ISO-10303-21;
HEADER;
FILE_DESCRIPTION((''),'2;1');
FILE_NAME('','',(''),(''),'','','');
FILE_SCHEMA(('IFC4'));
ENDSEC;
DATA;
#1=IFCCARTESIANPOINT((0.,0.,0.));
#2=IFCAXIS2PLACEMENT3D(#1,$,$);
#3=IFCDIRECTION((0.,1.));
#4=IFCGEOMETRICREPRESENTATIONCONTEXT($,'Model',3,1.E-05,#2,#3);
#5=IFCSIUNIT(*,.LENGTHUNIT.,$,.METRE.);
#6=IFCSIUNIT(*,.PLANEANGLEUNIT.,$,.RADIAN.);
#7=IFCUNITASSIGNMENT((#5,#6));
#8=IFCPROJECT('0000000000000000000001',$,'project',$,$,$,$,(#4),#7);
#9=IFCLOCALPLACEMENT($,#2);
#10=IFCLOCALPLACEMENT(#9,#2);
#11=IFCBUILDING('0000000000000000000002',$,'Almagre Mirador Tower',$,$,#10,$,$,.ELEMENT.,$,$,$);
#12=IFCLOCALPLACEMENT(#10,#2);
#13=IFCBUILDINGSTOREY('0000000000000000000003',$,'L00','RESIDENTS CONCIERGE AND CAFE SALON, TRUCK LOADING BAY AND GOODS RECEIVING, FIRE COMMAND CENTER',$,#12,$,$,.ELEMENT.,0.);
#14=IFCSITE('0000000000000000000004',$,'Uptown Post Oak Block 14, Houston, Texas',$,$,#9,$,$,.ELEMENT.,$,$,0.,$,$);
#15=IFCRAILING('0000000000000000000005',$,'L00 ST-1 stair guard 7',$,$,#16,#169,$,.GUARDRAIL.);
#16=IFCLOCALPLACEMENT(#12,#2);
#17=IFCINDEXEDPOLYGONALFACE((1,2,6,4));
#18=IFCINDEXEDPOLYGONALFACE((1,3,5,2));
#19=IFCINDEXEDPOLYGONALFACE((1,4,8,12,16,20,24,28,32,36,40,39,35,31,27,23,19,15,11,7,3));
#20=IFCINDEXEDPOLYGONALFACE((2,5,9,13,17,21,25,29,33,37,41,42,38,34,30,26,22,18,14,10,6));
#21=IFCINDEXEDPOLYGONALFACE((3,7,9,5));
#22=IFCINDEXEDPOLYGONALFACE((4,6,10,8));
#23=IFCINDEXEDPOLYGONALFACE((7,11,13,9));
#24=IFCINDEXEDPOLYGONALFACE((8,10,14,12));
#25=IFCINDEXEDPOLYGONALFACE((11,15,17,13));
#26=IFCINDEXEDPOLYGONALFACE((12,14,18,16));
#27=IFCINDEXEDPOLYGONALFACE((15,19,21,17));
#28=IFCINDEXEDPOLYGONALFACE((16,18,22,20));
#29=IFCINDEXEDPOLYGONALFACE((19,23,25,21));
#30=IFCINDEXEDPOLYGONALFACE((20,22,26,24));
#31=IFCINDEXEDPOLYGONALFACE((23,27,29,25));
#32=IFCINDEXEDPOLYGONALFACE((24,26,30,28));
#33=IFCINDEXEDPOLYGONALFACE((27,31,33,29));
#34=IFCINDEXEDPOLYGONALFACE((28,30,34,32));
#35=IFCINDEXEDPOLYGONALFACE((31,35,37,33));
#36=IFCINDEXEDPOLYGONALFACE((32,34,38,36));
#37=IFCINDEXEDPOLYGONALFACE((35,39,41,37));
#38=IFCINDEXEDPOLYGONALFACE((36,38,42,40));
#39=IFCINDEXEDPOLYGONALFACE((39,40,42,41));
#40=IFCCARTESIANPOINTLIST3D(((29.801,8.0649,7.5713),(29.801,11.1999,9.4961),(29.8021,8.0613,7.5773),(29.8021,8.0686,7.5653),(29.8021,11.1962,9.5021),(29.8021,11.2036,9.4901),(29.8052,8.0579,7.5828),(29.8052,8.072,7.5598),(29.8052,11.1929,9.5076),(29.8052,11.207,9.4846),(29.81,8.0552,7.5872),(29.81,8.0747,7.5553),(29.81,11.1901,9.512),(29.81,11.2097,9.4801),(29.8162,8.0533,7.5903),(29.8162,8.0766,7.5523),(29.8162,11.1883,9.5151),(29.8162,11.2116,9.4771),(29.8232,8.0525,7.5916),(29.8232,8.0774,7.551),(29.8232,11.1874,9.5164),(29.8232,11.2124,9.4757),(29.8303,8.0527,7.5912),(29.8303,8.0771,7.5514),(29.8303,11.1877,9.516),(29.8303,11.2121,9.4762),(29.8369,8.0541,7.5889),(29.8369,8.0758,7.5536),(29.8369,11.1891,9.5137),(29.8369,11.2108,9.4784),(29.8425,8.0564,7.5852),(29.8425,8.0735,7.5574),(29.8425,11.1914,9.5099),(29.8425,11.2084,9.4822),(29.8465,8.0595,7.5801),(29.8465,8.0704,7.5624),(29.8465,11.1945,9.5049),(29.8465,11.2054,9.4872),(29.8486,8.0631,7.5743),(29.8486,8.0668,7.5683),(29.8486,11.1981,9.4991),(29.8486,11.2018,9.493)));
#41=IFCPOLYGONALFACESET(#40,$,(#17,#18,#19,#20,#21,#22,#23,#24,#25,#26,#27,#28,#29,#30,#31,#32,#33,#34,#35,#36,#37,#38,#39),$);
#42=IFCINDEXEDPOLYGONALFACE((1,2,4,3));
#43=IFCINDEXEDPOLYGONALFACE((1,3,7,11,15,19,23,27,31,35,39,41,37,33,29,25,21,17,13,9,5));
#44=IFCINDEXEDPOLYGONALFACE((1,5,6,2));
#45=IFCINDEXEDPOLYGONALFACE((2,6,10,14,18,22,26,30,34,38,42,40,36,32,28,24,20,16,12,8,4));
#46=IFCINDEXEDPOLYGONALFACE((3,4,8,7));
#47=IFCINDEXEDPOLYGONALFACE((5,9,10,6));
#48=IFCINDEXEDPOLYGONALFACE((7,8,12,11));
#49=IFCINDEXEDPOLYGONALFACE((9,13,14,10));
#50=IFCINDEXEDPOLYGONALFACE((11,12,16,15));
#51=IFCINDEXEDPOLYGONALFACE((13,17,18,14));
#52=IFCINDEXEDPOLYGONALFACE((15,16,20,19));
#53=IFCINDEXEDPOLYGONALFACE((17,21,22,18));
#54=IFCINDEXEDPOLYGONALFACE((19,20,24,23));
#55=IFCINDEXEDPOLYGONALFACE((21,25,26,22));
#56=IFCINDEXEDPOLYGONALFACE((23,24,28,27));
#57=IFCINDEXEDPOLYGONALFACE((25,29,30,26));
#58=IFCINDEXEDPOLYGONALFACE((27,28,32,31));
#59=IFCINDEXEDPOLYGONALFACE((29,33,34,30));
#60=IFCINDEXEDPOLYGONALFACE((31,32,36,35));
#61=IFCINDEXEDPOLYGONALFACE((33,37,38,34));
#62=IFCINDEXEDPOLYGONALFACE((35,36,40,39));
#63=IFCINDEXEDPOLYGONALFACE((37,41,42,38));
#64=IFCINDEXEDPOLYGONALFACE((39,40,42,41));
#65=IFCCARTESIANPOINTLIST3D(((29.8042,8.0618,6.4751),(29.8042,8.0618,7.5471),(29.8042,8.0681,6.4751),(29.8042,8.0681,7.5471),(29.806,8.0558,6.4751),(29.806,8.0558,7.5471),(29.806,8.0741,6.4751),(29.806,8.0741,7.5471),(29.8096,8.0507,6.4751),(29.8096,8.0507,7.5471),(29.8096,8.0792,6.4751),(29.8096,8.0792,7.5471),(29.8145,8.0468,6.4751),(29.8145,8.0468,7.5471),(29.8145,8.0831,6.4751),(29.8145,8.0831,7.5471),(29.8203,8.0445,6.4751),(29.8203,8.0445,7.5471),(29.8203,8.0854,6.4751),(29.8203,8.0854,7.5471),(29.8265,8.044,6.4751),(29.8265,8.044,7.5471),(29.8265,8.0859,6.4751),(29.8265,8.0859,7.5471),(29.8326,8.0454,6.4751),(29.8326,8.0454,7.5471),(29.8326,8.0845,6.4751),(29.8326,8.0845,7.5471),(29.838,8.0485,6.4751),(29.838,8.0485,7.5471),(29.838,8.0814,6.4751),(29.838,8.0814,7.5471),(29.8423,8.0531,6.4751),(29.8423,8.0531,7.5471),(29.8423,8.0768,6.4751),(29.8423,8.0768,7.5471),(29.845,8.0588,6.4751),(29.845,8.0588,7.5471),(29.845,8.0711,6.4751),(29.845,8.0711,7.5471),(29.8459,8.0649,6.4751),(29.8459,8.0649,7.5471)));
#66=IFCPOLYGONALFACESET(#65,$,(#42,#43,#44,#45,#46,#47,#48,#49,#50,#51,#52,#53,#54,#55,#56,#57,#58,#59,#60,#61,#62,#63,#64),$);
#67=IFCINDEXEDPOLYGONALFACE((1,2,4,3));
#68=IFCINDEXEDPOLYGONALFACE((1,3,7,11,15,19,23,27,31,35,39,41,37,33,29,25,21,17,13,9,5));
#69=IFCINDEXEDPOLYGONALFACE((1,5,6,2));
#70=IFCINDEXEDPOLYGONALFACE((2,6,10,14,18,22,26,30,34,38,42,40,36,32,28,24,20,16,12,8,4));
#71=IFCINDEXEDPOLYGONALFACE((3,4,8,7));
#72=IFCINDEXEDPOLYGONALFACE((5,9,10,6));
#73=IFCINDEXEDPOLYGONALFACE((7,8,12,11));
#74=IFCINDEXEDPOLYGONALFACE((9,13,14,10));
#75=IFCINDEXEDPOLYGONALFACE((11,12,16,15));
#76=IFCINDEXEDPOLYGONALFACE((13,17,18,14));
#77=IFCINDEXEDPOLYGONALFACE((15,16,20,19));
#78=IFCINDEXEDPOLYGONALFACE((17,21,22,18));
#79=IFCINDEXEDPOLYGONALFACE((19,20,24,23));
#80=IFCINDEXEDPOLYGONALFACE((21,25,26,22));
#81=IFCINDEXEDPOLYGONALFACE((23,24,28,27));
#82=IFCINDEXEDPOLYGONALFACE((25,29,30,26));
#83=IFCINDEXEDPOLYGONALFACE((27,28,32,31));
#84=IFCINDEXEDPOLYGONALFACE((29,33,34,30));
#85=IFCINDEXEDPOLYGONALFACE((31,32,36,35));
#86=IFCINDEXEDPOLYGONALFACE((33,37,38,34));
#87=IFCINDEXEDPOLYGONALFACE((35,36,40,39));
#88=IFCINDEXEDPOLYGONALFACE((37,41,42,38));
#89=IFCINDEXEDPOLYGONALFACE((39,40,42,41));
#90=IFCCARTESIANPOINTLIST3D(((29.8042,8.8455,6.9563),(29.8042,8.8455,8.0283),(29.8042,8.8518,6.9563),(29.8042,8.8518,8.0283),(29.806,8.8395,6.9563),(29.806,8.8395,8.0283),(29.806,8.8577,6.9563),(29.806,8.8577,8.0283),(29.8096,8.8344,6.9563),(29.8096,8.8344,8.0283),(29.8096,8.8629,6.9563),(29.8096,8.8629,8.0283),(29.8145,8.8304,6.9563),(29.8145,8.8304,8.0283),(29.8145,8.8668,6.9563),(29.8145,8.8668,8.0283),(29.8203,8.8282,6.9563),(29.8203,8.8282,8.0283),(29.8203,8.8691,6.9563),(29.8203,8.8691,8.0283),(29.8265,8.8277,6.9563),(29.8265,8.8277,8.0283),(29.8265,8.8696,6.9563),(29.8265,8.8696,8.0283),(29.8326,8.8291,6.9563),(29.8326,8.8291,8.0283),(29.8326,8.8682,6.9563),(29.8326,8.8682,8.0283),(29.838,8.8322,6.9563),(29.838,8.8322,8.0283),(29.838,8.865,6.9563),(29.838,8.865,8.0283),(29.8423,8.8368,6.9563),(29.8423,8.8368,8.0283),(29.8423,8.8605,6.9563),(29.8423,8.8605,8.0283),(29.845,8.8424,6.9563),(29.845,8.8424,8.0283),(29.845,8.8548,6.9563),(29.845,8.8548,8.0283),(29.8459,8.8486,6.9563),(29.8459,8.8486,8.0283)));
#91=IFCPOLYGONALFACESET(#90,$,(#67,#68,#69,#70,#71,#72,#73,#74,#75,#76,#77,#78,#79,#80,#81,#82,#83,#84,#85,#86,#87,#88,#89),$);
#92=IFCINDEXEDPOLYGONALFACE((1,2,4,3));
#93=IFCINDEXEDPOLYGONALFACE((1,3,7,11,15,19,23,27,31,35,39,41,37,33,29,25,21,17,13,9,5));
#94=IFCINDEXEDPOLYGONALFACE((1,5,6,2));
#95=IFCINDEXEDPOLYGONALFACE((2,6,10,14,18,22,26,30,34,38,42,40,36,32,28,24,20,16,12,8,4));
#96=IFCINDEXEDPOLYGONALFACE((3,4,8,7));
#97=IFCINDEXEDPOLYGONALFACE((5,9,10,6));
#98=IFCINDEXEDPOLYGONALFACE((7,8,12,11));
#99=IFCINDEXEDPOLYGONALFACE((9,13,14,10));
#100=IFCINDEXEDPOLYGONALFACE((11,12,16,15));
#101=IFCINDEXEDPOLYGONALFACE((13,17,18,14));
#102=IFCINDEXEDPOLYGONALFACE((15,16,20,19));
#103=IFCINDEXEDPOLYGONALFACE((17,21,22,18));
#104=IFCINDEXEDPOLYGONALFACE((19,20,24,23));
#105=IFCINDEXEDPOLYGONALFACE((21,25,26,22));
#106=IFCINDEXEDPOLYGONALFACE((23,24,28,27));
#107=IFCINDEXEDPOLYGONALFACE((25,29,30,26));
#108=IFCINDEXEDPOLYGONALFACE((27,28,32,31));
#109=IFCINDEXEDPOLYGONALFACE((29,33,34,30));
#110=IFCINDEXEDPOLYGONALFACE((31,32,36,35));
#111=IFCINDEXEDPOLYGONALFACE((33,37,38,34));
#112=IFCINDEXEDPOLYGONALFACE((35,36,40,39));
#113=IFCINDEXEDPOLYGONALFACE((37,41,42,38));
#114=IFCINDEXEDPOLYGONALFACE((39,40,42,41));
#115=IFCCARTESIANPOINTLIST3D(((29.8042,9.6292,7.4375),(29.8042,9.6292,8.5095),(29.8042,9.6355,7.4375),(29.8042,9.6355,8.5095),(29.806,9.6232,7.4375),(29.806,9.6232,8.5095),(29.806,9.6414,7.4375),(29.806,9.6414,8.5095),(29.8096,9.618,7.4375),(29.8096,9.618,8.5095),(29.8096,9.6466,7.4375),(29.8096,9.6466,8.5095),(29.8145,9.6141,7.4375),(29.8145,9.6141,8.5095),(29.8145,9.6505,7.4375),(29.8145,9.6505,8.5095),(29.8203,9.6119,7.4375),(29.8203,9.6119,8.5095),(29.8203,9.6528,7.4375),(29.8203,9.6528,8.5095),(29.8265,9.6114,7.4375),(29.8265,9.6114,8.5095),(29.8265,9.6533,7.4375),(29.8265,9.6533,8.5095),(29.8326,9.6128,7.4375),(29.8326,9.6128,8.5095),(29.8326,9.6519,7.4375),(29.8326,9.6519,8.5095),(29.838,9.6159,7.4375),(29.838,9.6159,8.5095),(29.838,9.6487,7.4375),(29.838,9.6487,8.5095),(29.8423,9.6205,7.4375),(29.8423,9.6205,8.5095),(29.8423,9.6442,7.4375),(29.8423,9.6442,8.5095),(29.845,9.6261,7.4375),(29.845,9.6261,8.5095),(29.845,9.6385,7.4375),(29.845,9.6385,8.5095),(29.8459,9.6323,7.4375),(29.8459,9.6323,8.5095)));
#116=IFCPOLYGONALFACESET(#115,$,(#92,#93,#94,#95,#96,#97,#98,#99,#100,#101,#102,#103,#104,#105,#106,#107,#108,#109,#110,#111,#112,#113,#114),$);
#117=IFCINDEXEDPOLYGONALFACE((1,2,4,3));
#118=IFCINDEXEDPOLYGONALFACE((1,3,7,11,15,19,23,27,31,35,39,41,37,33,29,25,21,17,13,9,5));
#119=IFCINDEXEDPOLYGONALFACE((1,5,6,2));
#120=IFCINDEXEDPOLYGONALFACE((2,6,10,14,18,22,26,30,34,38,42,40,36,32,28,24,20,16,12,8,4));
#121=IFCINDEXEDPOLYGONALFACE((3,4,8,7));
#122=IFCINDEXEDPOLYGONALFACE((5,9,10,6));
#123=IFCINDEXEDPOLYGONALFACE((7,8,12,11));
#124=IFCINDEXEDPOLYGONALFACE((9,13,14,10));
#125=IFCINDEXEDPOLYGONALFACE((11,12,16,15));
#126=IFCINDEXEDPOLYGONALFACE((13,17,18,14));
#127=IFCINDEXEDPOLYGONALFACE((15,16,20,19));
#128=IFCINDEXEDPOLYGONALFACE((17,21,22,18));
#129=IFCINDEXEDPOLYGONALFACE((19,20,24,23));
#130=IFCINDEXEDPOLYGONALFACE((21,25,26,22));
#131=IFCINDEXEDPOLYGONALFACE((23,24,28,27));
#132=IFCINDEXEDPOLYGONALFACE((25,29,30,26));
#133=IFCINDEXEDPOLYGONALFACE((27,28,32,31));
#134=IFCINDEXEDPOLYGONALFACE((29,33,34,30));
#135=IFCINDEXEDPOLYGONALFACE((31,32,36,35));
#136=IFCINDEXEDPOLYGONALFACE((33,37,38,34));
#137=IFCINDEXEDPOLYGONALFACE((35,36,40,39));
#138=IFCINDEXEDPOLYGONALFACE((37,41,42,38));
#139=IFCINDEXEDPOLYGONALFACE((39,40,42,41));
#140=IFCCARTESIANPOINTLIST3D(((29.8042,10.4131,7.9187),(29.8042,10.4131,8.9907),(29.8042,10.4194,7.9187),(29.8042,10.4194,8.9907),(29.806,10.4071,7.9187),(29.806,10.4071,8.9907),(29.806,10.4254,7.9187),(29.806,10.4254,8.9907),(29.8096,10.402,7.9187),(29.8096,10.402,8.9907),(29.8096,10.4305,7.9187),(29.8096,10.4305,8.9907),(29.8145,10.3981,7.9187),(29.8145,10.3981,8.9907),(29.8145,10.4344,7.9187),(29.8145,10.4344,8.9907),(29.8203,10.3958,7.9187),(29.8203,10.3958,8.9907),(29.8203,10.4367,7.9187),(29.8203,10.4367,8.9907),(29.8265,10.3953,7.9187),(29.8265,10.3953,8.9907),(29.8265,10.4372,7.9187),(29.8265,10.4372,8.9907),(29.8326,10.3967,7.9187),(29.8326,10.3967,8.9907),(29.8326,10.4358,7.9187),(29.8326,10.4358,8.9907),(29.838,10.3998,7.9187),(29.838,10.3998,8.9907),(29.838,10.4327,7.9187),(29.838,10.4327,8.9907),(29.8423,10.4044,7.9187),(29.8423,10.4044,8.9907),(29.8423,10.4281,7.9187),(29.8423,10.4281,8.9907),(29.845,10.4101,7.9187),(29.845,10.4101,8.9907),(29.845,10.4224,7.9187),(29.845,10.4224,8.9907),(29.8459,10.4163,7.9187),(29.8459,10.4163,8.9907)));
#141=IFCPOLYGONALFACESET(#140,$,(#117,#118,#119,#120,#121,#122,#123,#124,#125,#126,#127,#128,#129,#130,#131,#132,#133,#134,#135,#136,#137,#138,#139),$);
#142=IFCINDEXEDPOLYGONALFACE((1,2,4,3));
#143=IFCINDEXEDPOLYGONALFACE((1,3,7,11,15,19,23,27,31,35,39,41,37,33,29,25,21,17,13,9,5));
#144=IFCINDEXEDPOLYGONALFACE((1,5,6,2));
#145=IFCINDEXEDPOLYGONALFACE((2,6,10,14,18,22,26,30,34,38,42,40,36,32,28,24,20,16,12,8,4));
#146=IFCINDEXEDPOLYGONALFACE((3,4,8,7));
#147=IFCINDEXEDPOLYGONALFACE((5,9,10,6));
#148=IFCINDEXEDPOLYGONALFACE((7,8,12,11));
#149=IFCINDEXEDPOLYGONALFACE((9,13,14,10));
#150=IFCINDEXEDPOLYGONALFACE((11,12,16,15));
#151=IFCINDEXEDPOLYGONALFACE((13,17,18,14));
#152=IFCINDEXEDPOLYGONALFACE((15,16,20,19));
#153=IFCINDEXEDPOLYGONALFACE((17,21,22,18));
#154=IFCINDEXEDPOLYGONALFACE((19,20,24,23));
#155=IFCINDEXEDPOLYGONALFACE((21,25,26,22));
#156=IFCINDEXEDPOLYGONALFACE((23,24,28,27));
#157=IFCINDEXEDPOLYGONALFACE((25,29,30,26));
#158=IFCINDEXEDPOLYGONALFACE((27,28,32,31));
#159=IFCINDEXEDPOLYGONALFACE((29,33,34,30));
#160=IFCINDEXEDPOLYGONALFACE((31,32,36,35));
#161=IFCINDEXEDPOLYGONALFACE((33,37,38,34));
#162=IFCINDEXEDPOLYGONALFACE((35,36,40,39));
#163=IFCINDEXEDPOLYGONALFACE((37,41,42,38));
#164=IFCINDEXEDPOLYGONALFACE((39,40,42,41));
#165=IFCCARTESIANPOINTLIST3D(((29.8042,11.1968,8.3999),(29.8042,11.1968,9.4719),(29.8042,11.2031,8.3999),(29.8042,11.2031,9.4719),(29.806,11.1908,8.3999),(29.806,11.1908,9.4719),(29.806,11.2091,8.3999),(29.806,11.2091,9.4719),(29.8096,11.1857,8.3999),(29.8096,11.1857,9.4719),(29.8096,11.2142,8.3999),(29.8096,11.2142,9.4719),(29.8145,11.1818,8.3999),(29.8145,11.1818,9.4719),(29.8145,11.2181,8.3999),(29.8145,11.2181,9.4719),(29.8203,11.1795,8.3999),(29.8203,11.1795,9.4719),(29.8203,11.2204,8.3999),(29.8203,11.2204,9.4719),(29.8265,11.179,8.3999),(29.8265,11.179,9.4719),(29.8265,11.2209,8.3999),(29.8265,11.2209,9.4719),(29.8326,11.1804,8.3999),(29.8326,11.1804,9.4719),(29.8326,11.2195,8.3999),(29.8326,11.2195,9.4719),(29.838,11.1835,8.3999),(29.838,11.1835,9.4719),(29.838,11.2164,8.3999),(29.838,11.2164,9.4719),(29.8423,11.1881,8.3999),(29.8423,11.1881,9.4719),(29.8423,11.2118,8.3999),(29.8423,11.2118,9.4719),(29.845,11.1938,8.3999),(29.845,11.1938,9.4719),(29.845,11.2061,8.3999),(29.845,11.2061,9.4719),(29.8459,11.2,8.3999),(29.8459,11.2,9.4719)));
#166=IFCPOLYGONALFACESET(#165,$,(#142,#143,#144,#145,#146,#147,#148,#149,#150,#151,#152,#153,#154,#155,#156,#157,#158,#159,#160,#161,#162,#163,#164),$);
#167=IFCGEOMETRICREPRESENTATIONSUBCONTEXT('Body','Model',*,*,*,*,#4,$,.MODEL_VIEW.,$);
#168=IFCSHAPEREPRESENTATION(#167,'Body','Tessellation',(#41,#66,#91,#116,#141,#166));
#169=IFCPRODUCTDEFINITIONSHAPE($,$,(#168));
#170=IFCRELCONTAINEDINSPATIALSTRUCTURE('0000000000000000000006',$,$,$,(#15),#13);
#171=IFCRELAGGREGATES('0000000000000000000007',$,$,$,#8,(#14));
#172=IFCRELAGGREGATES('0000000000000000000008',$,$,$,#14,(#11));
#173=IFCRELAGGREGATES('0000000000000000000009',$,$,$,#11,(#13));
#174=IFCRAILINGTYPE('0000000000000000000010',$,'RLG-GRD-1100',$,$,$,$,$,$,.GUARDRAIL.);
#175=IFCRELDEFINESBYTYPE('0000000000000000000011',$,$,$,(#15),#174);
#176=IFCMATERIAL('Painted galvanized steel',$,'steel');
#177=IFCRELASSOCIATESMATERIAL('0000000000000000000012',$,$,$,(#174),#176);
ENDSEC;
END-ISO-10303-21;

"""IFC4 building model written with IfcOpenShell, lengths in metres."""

from ifc_helpers import new_model, si_unit, direction, frame, origin, origin_2d, place, context, subcontext, project, spatial, circle, extrude, material, type_object, element, save


model = new_model("IFC4")

# Units and contexts
model_context = context("Model", 3, precision=1e-05, world=origin(), true_north=direction((0.0, 1.0)))
body_context = subcontext(model_context, "Body", "Model", "MODEL_VIEW")
ifc_project = project(units=[si_unit("LENGTHUNIT", "METRE"), si_unit("PLANEANGLEUNIT", "RADIAN")], contexts=[model_context])

# Site, building, storey
site_placement = place(None, origin())
site = spatial("IfcSite", under=ifc_project, at=site_placement, Name="Uptown Post Oak Block 14, Houston, Texas", CompositionType="ELEMENT", RefElevation=0.0)
building_placement = place(site_placement, origin())
building = spatial("IfcBuilding", under=site, at=building_placement, Name="Almagre Mirador Tower", CompositionType="ELEMENT")
storey_placement = place(building_placement, origin())
storey = spatial("IfcBuildingStorey", under=building, at=storey_placement, Name="L00", Description="RESIDENTS CONCIERGE AND CAFE SALON, TRUCK LOADING BAY AND GOODS RECEIVING, FIRE COMMAND CENTER", CompositionType="ELEMENT", Elevation=0.0)

# Railing
ifc_material_1 = material(Name="Painted galvanized steel", Category="steel")
railing_type_1 = type_object("IfcRailingType", Name="RLG-GRD-1100", PredefinedType="GUARDRAIL", material=ifc_material_1)
railing_1_placement = place(storey_placement, frame((29.825, 8.0649, 6.4751)))
element("IfcRailing", 1, at=railing_1_placement, inside=storey, type_object=railing_type_1, Name="L00 ST-1 stair guard 7", PredefinedType="GUARDRAIL", context=body_context, shape_type="SweptSolid", body=[
    extrude(circle(Radius=0.0239, at=origin_2d()), frame((0.0, 0.0, 1.0962), z_axis=(0.0, 0.852196, 0.523223), x_axis=(-1.0, 0.0, 0.0)), (0.0, 0.0, 1.0), 3.6787),
    extrude(circle(Radius=0.021, at=origin_2d()), origin(), (0.0, 0.0, 1.0), 1.072),
    extrude(circle(Radius=0.021, at=origin_2d()), frame((0.0, 0.7837, 0.4812)), (0.0, 0.0, 1.0), 1.072),
    extrude(circle(Radius=0.021, at=origin_2d()), frame((0.0, 1.5674, 0.9624)), (0.0, 0.0, 1.0), 1.072),
    extrude(circle(Radius=0.021, at=origin_2d()), frame((0.0, 2.3513, 1.4436)), (0.0, 0.0, 1.0), 1.072),
    extrude(circle(Radius=0.021, at=origin_2d()), frame((0.0, 3.135, 1.9248)), (0.0, 0.0, 1.0), 1.072),
])

save(model, "model.ifc")
